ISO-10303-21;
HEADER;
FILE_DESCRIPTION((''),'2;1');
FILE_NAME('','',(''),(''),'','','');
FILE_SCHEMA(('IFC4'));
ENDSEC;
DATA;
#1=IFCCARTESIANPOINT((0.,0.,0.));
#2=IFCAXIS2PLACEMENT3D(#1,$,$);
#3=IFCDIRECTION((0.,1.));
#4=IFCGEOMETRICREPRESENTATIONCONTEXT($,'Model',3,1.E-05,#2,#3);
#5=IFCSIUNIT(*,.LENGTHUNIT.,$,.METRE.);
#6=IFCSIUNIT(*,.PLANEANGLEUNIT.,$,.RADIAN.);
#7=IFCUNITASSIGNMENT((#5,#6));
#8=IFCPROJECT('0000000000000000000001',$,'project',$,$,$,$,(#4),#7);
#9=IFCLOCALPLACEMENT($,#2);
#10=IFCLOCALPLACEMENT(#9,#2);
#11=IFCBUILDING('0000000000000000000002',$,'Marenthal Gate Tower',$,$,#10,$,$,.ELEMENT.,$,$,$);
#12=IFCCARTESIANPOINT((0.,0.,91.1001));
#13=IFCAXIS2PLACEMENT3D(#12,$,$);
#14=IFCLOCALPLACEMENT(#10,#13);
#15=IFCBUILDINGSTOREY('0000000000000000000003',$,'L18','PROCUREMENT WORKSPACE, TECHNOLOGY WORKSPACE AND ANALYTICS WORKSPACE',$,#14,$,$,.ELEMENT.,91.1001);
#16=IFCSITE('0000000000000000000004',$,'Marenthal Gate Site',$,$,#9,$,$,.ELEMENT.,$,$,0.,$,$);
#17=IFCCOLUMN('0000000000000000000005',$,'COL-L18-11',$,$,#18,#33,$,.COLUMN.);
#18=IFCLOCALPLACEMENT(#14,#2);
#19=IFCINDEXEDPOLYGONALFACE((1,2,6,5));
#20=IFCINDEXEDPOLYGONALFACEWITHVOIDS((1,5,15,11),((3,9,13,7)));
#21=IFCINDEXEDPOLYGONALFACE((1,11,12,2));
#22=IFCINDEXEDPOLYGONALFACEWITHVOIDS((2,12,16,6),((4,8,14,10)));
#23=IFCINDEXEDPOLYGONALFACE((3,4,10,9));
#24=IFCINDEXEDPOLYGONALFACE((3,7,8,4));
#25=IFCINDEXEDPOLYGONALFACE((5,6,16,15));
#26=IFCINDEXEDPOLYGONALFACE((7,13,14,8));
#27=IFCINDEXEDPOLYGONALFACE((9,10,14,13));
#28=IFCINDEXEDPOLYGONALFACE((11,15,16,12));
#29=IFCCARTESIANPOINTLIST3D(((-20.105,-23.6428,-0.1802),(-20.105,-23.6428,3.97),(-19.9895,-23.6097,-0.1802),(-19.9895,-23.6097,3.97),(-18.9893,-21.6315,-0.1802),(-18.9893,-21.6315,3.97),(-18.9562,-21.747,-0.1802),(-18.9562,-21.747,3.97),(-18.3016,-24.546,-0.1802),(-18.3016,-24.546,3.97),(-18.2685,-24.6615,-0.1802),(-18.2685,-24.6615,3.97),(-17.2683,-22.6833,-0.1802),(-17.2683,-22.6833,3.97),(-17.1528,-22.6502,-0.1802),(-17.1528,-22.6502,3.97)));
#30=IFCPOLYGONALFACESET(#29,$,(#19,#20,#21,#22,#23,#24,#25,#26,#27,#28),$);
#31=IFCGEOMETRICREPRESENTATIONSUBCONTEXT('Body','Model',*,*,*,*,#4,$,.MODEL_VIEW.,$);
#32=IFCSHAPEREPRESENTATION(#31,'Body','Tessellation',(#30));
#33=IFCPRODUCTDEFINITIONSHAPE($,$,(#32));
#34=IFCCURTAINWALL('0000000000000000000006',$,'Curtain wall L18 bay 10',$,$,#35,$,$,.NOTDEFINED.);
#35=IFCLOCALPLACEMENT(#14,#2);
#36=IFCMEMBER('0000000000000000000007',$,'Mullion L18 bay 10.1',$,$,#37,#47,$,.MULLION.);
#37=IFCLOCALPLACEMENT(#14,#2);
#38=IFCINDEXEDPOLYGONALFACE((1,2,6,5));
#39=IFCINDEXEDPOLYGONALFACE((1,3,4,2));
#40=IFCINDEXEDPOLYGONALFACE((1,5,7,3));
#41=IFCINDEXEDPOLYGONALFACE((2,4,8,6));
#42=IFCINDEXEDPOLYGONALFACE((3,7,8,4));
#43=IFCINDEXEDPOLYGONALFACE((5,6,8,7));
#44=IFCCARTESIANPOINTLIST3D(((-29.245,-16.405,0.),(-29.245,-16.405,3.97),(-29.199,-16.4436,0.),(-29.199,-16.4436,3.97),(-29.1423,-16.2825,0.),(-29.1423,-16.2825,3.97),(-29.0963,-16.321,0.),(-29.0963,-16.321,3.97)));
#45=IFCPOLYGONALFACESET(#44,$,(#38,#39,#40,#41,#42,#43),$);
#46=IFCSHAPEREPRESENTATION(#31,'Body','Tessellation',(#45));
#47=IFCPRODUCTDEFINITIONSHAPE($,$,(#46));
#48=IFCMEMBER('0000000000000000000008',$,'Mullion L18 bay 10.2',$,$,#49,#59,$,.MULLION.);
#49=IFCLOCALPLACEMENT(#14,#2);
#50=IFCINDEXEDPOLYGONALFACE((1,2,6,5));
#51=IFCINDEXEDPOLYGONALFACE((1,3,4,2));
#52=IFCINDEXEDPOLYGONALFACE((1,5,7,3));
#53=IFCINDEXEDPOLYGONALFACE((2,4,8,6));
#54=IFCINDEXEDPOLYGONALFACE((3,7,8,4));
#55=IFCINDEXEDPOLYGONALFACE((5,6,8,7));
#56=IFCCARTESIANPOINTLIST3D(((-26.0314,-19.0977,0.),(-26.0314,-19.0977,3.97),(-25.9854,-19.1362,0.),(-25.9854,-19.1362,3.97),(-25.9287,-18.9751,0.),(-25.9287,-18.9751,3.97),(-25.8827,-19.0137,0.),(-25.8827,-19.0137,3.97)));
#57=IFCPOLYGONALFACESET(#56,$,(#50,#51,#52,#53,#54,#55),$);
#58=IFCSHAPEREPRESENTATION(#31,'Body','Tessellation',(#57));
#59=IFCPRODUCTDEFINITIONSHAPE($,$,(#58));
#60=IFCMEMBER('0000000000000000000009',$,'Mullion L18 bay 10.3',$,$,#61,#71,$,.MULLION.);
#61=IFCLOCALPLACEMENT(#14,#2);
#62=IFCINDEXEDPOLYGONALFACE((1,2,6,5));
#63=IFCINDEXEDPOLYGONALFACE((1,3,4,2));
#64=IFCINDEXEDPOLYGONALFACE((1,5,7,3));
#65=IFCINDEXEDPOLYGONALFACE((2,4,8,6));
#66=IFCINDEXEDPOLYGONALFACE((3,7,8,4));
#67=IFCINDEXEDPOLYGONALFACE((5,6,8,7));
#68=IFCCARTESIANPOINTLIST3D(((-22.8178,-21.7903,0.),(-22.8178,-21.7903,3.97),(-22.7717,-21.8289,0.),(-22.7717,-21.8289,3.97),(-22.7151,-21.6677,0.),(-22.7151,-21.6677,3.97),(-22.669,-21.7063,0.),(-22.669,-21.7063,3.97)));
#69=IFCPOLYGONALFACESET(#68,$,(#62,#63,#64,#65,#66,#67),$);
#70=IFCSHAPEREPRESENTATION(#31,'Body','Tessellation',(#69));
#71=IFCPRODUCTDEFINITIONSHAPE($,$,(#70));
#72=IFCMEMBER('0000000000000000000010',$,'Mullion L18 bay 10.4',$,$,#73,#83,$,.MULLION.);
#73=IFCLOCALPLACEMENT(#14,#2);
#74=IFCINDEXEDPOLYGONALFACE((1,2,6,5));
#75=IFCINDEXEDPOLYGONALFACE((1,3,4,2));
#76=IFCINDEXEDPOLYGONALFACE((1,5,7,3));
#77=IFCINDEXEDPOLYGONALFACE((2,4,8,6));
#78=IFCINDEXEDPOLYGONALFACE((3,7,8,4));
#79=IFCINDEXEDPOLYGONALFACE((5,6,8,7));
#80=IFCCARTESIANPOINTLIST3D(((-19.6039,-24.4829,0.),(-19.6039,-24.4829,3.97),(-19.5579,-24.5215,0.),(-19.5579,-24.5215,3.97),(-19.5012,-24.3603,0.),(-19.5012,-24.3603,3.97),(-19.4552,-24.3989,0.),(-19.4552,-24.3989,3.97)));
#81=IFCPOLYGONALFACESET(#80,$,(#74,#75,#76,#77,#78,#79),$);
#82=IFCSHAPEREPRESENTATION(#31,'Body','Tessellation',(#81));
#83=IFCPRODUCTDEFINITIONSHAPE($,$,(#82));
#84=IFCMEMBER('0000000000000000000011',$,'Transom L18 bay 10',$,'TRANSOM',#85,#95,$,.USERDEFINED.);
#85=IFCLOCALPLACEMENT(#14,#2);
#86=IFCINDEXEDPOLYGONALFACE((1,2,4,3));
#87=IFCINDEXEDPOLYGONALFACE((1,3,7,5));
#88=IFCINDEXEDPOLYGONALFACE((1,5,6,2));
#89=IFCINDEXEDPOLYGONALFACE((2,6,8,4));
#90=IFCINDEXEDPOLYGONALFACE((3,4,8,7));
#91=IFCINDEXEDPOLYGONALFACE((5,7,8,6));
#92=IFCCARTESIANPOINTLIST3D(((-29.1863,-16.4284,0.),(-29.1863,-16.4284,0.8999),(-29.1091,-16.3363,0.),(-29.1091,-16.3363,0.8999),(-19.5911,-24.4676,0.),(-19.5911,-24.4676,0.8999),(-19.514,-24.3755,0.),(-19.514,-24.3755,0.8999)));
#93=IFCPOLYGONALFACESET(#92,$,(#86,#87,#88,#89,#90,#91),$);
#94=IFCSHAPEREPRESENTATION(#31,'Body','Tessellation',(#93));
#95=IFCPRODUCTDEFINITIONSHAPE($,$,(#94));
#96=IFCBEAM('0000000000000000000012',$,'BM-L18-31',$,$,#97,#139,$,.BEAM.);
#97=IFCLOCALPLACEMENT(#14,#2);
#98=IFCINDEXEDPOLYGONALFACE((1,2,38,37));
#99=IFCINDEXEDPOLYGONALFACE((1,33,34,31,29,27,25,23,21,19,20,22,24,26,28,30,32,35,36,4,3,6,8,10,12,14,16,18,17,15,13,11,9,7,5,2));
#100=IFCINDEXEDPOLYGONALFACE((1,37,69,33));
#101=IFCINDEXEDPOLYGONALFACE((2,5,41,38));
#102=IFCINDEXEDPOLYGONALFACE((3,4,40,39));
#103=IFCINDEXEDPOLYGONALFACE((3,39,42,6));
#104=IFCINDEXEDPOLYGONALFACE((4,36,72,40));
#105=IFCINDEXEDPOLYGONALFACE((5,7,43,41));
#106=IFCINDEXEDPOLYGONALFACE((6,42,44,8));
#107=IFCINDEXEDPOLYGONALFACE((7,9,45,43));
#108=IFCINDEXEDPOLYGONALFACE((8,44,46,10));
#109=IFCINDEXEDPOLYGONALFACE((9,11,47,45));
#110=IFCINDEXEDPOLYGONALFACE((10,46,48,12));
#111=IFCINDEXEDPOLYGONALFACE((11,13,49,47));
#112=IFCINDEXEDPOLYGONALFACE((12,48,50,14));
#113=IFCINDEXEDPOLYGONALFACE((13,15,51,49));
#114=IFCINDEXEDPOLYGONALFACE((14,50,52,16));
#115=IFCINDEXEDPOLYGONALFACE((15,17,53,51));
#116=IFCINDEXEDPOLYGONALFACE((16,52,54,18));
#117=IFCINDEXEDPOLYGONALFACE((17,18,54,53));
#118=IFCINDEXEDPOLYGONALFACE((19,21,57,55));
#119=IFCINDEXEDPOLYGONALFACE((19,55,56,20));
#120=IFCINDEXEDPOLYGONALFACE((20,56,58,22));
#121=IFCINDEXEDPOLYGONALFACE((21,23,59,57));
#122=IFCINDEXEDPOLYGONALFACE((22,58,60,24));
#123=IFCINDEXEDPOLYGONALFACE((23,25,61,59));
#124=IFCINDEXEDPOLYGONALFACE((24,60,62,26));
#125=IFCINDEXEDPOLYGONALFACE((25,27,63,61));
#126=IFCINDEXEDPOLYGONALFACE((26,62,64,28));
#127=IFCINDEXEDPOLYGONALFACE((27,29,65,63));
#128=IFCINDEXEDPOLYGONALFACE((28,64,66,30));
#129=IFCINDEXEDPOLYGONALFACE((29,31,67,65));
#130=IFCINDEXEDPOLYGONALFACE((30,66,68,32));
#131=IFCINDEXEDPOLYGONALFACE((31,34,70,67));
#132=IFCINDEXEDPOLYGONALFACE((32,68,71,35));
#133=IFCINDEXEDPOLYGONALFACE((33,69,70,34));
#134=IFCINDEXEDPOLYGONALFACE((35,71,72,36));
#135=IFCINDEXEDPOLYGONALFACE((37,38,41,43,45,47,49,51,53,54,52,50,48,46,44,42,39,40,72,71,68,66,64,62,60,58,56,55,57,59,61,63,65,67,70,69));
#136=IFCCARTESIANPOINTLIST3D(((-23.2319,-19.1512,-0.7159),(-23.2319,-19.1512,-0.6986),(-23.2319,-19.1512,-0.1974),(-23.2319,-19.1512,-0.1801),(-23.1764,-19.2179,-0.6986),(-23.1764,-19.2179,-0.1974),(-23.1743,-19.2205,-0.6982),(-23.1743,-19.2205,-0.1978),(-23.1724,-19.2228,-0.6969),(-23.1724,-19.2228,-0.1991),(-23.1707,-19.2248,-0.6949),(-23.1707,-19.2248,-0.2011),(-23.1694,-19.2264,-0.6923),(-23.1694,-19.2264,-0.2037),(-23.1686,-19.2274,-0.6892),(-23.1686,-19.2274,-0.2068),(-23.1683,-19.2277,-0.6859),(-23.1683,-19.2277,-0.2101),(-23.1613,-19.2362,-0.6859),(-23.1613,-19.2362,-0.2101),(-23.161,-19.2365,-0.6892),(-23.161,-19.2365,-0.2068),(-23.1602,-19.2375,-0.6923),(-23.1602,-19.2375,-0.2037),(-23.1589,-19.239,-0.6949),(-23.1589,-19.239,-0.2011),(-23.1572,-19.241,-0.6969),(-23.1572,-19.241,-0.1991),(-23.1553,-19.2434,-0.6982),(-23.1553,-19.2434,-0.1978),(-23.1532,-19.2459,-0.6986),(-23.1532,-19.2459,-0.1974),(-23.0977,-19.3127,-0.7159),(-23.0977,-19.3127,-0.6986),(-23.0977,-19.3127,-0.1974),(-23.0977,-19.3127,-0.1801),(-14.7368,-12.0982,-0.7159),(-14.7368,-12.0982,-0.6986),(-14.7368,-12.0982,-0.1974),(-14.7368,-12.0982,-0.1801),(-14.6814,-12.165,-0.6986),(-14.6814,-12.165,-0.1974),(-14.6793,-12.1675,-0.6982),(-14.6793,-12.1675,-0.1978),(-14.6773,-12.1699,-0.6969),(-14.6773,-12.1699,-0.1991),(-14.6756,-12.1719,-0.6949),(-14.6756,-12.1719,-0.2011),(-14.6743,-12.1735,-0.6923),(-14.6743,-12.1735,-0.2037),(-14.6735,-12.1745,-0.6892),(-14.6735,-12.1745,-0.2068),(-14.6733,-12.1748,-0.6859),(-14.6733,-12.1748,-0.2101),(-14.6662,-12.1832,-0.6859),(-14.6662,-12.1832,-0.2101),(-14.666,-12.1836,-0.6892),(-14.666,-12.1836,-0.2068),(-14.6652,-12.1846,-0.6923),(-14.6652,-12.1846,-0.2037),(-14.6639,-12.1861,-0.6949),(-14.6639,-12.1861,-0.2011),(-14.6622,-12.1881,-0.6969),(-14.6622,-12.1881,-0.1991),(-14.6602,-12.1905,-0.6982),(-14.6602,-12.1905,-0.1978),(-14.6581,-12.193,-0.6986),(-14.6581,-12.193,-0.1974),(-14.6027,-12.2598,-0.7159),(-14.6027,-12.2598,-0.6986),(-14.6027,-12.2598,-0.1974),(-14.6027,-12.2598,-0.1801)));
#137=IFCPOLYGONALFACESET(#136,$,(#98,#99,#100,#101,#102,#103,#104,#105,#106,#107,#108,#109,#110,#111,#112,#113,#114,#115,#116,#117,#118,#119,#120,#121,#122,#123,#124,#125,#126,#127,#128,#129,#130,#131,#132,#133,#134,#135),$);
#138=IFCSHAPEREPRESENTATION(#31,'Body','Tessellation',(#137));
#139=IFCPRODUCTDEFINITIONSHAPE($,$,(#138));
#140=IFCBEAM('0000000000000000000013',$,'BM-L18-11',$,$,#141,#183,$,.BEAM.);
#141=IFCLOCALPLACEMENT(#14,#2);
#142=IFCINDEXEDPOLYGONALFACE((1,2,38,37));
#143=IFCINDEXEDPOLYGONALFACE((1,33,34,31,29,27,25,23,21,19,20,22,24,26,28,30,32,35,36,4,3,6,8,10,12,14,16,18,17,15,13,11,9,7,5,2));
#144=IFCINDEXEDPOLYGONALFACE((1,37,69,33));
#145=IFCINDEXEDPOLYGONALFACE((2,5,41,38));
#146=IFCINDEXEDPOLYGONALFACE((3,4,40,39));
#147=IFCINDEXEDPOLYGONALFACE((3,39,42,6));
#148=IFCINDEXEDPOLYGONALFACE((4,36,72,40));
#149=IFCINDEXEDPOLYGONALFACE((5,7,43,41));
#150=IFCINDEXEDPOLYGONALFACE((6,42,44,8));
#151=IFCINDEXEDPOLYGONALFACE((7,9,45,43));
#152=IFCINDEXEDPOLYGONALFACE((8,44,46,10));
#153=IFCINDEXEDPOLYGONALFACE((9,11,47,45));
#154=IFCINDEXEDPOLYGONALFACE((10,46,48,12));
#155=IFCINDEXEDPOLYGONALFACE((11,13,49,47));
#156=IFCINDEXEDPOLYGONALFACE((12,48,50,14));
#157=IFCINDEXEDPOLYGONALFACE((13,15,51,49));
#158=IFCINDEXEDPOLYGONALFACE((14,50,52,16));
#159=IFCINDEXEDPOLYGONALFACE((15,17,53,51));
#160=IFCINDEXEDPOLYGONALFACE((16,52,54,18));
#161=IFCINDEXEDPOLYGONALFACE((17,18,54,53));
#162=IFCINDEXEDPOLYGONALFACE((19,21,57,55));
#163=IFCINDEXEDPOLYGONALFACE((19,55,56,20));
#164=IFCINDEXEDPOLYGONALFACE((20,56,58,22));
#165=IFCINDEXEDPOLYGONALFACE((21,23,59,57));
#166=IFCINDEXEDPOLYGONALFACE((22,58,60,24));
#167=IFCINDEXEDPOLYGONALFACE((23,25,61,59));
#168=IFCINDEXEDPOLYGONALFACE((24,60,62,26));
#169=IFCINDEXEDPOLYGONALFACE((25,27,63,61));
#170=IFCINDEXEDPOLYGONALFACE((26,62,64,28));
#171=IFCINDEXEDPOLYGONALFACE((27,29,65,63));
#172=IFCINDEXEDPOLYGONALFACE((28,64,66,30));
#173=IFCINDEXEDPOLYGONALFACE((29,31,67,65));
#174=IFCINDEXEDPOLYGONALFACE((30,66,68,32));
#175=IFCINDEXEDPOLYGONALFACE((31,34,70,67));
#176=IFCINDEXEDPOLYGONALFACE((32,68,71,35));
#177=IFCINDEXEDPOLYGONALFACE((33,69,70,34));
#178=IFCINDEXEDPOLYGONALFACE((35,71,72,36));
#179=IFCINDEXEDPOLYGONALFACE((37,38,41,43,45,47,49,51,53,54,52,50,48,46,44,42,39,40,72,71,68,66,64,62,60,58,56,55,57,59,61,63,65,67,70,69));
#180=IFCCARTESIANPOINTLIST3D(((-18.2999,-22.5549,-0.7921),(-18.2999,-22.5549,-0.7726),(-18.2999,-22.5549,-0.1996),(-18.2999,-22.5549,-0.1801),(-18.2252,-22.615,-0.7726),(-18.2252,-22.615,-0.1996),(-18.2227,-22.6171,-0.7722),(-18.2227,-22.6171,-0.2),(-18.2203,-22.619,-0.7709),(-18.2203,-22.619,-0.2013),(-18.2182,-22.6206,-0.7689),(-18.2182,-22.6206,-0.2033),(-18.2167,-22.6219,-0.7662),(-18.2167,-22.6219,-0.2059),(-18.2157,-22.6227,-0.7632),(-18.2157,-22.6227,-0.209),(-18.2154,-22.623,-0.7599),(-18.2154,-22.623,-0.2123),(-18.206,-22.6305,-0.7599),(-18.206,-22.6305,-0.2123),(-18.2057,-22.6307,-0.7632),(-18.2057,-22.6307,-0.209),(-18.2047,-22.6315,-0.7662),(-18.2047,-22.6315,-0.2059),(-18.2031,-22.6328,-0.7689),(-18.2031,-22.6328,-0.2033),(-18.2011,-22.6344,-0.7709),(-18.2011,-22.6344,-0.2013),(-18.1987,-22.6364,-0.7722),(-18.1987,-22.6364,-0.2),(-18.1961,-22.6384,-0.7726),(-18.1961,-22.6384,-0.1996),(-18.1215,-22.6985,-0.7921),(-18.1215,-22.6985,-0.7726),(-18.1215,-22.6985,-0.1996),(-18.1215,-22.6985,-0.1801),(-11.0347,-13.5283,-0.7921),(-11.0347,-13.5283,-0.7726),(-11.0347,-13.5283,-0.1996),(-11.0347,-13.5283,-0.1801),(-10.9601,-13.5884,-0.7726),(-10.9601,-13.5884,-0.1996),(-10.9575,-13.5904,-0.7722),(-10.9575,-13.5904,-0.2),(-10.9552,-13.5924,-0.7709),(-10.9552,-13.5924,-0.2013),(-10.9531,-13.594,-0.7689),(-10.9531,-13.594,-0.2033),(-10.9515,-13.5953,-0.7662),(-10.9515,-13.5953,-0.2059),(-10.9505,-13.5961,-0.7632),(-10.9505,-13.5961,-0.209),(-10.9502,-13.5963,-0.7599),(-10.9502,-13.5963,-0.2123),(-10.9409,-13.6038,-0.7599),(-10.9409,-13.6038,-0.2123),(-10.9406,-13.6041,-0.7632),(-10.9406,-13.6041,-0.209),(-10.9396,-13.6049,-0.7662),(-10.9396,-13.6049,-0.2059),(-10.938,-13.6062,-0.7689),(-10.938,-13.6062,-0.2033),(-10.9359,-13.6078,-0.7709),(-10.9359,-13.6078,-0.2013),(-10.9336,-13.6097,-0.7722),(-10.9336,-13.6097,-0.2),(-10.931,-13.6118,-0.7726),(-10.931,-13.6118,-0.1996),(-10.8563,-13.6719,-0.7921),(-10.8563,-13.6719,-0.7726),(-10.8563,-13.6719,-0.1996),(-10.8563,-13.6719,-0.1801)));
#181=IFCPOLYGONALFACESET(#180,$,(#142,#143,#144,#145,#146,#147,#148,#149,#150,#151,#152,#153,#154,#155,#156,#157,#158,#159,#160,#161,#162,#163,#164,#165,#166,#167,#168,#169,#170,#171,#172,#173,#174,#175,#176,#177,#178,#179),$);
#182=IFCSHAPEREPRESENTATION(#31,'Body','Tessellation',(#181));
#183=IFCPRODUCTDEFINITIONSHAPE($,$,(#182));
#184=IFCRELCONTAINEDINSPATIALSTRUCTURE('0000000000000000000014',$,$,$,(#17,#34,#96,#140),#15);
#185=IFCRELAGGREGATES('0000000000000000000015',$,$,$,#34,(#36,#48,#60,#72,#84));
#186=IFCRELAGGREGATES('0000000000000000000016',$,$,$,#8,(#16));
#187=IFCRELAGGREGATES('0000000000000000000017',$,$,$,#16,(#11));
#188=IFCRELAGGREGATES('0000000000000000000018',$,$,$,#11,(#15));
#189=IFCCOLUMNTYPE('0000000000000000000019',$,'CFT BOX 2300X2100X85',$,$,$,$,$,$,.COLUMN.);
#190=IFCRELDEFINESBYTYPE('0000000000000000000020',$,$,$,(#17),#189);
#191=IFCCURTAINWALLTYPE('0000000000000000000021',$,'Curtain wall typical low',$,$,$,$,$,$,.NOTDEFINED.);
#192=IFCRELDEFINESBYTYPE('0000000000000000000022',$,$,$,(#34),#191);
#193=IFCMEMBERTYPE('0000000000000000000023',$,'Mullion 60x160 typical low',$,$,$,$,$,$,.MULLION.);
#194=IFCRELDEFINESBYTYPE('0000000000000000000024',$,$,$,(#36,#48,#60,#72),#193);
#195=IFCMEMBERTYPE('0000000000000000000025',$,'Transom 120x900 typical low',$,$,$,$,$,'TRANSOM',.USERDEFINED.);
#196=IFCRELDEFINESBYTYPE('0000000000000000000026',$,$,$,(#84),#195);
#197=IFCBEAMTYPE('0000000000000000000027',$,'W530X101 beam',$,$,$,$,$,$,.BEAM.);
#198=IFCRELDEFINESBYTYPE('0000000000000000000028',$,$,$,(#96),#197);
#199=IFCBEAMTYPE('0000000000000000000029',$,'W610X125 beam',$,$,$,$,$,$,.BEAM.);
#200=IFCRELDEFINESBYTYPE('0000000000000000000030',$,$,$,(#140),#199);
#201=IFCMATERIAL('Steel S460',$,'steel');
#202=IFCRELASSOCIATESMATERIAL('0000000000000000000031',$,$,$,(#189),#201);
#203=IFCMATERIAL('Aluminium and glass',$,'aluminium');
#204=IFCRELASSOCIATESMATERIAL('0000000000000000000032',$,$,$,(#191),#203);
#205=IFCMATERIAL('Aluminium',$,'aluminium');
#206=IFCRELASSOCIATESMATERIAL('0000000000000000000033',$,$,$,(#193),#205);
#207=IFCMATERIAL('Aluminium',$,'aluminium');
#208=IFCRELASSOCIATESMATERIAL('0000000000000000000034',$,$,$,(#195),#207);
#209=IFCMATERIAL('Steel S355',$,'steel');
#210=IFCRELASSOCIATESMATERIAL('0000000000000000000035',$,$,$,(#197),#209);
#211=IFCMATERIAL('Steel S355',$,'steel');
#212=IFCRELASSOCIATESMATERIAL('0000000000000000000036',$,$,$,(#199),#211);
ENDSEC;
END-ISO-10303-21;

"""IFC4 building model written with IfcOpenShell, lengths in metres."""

from ifc_helpers import new_model, si_unit, direction, frame, origin, origin_2d, place, context, subcontext, project, spatial, rectangle, hollow_rectangle, i_section, extrude, material, material_profile, profile_set, type_object, element, aggregate, save


model = new_model("IFC4")

# Units and contexts
model_context = context("Model", 3, precision=1e-05, world=origin(), true_north=direction((0.0, 1.0)))
body_context = subcontext(model_context, "Body", "Model", "MODEL_VIEW")
ifc_project = project(units=[si_unit("LENGTHUNIT", "METRE"), si_unit("PLANEANGLEUNIT", "RADIAN")], contexts=[model_context])

# Site, building, storey
site_placement = place(None, origin())
site = spatial("IfcSite", under=ifc_project, at=site_placement, Name="Marenthal Gate Site", CompositionType="ELEMENT", RefElevation=0.0)
building_placement = place(site_placement, origin())
building = spatial("IfcBuilding", under=site, at=building_placement, Name="Marenthal Gate Tower", CompositionType="ELEMENT")
storey_placement = place(building_placement, frame((0.0, 0.0, 91.1001)))
storey = spatial("IfcBuildingStorey", under=building, at=storey_placement, Name="L18", Description="PROCUREMENT WORKSPACE, TECHNOLOGY WORKSPACE AND ANALYTICS WORKSPACE", CompositionType="ELEMENT", Elevation=91.1001)

# Column
ifc_material_1 = material(Name="Steel S460", Category="steel")
ifc_material_profile_1 = material_profile(ifc_material_1, hollow_rectangle(XDim=2.1001, YDim=2.3, WallThickness=0.085, at=origin_2d()), Name="CFT BOX 2300X2100X85")
ifc_material_2 = material(Name="Concrete 70 MPa", Category="concrete")
ifc_material_profile_2 = material_profile(ifc_material_2, rectangle(XDim=1.9299, YDim=2.1299, at=origin_2d()), Name="CFT BOX 2300X2100X85 INFILL")
ifc_profile_set_1 = profile_set([ifc_material_profile_1, ifc_material_profile_2], Name="Steel S460 shell, Concrete 70 MPa infill")
column_type = type_object("IfcColumnType", Name="CFT BOX 2300X2100X85", PredefinedType="COLUMN", material=ifc_profile_set_1)
column_placement = place(storey_placement, frame((-18.6289, -23.1465, -0.1802), z_axis=(0.0, 0.0, 1.0), x_axis=(-0.874462, 0.485094, 0.0)))
element("IfcColumn", 1, at=column_placement, inside=storey, type_object=column_type, Name="COL-L18-11", PredefinedType="COLUMN", context=body_context, shape_type="SweptSolid", body=[
    extrude(hollow_rectangle(XDim=2.1001, YDim=2.3, WallThickness=0.085, at=origin_2d()), origin(), (0.0, 0.0, 1.0), 4.1501),
])

# Curtain wall, members
ifc_material_3 = material(Name="Aluminium and glass", Category="aluminium")
curtain_wall_type = type_object("IfcCurtainWallType", Name="Curtain wall typical low", PredefinedType="NOTDEFINED", material=ifc_material_3)
curtain_wall_placement = place(storey_placement, origin())
curtain_wall = element("IfcCurtainWall", 2, at=curtain_wall_placement, inside=storey, type_object=curtain_wall_type, Name="Curtain wall L18 bay 10", PredefinedType="NOTDEFINED")
ifc_material_4 = material(Name="Aluminium", Category="aluminium")
ifc_material_profile_3 = material_profile(ifc_material_4, rectangle(XDim=0.1599, YDim=0.0601, at=origin_2d()), Name="60x160 aluminium mullion")
ifc_profile_set_2 = profile_set([ifc_material_profile_3], Name="Aluminium")
member_type_1 = type_object("IfcMemberType", Name="Mullion 60x160 typical low", PredefinedType="MULLION", material=ifc_profile_set_2)
member_1_placement = place(storey_placement, frame((-29.1707, -16.363, 0.0), z_axis=(0.0, 0.0, 1.0), x_axis=(0.642228, 0.766513, 0.0)))
member_1 = element("IfcMember", 3, at=member_1_placement, type_object=member_type_1, Name="Mullion L18 bay 10.1", PredefinedType="MULLION", context=body_context, shape_type="SweptSolid", body=[
    extrude(rectangle(XDim=0.1599, YDim=0.0601, at=origin_2d()), origin(), (0.0, 0.0, 1.0), 3.97),
])
member_2_placement = place(storey_placement, frame((-25.957, -19.0557, 0.0), z_axis=(0.0, 0.0, 1.0), x_axis=(0.642228, 0.766513, 0.0)))
member_2 = element("IfcMember", 4, at=member_2_placement, type_object=member_type_1, Name="Mullion L18 bay 10.2", PredefinedType="MULLION", context=body_context, shape_type="SweptSolid", body=[
    extrude(rectangle(XDim=0.1599, YDim=0.0601, at=origin_2d()), origin(), (0.0, 0.0, 1.0), 3.97),
])
member_3_placement = place(storey_placement, frame((-22.7434, -21.7483, 0.0), z_axis=(0.0, 0.0, 1.0), x_axis=(0.642228, 0.766513, 0.0)))
member_3 = element("IfcMember", 5, at=member_3_placement, type_object=member_type_1, Name="Mullion L18 bay 10.3", PredefinedType="MULLION", context=body_context, shape_type="SweptSolid", body=[
    extrude(rectangle(XDim=0.1599, YDim=0.0601, at=origin_2d()), origin(), (0.0, 0.0, 1.0), 3.97),
])
member_4_placement = place(storey_placement, frame((-19.5295, -24.4409, 0.0), z_axis=(0.0, 0.0, 1.0), x_axis=(0.642228, 0.766513, 0.0)))
member_4 = element("IfcMember", 6, at=member_4_placement, type_object=member_type_1, Name="Mullion L18 bay 10.4", PredefinedType="MULLION", context=body_context, shape_type="SweptSolid", body=[
    extrude(rectangle(XDim=0.1599, YDim=0.0601, at=origin_2d()), origin(), (0.0, 0.0, 1.0), 3.97),
])
ifc_material_5 = material(Name="Aluminium", Category="aluminium")
ifc_material_profile_4 = material_profile(ifc_material_5, rectangle(XDim=0.1201, YDim=0.8999, at=origin_2d()), Name="120x900 aluminium transom")
ifc_profile_set_3 = profile_set([ifc_material_profile_4], Name="Aluminium")
member_type_2 = type_object("IfcMemberType", Name="Transom 120x900 typical low", ElementType="TRANSOM", PredefinedType="USERDEFINED", material=ifc_profile_set_3)
member_5_placement = place(storey_placement, frame((-29.1477, -16.3823, 0.45), z_axis=(0.766518, -0.642223, 0.0), x_axis=(0.642223, 0.766518, 0.0)))
member_5 = element("IfcMember", 7, at=member_5_placement, type_object=member_type_2, Name="Transom L18 bay 10", ObjectType="TRANSOM", PredefinedType="USERDEFINED", context=body_context, shape_type="SweptSolid", body=[
    extrude(rectangle(XDim=0.1201, YDim=0.8999, at=origin_2d()), origin(), (0.0, 0.0, 1.0), 12.5178),
])

# Beams
ifc_material_6 = material(Name="Steel S355", Category="steel")
ifc_material_profile_5 = material_profile(ifc_material_6, i_section(OverallWidth=0.21, OverallDepth=0.5359, WebThickness=0.011, FlangeThickness=0.0173, FilletRadius=0.0127, at=origin_2d()), Name="W530X101")
ifc_profile_set_4 = profile_set([ifc_material_profile_5], Name="Steel S355")
beam_type_1 = type_object("IfcBeamType", Name="W530X101 beam", PredefinedType="BEAM", material=ifc_profile_set_4)
beam_1_placement = place(storey_placement, frame((-23.1648, -19.2319, -0.448), z_axis=(0.769391, 0.638778, 0.0), x_axis=(-0.638778, 0.769391, 0.0)))
element("IfcBeam", 8, at=beam_1_placement, inside=storey, type_object=beam_type_1, Name="BM-L18-31", PredefinedType="BEAM", context=body_context, shape_type="SweptSolid", body=[
    extrude(i_section(OverallWidth=0.21, OverallDepth=0.5359, WebThickness=0.011, FlangeThickness=0.0173, FilletRadius=0.0127, at=origin_2d()), origin(), (0.0, 0.0, 1.0), 11.0413),
])
ifc_material_7 = material(Name="Steel S355", Category="steel")
ifc_material_profile_6 = material_profile(ifc_material_7, i_section(OverallWidth=0.229, OverallDepth=0.6121, WebThickness=0.012, FlangeThickness=0.0195, FilletRadius=0.0127, at=origin_2d()), Name="W610X125")
ifc_profile_set_5 = profile_set([ifc_material_profile_6], Name="Steel S355")
beam_type_2 = type_object("IfcBeamType", Name="W610X125 beam", PredefinedType="BEAM", material=ifc_profile_set_5)
beam_2_placement = place(storey_placement, frame((-18.2107, -22.6267, -0.4861), z_axis=(0.627, 0.779019, 0.0), x_axis=(-0.779019, 0.627, 0.0)))
element("IfcBeam", 9, at=beam_2_placement, inside=storey, type_object=beam_type_2, Name="BM-L18-11", PredefinedType="BEAM", context=body_context, shape_type="SweptSolid", body=[
    extrude(i_section(OverallWidth=0.229, OverallDepth=0.6121, WebThickness=0.012, FlangeThickness=0.0195, FilletRadius=0.0127, at=origin_2d()), origin(), (0.0, 0.0, 1.0), 11.5872),
])

aggregate(curtain_wall, [member_1, member_2, member_3, member_4, member_5])

save(model, "model.ifc")
